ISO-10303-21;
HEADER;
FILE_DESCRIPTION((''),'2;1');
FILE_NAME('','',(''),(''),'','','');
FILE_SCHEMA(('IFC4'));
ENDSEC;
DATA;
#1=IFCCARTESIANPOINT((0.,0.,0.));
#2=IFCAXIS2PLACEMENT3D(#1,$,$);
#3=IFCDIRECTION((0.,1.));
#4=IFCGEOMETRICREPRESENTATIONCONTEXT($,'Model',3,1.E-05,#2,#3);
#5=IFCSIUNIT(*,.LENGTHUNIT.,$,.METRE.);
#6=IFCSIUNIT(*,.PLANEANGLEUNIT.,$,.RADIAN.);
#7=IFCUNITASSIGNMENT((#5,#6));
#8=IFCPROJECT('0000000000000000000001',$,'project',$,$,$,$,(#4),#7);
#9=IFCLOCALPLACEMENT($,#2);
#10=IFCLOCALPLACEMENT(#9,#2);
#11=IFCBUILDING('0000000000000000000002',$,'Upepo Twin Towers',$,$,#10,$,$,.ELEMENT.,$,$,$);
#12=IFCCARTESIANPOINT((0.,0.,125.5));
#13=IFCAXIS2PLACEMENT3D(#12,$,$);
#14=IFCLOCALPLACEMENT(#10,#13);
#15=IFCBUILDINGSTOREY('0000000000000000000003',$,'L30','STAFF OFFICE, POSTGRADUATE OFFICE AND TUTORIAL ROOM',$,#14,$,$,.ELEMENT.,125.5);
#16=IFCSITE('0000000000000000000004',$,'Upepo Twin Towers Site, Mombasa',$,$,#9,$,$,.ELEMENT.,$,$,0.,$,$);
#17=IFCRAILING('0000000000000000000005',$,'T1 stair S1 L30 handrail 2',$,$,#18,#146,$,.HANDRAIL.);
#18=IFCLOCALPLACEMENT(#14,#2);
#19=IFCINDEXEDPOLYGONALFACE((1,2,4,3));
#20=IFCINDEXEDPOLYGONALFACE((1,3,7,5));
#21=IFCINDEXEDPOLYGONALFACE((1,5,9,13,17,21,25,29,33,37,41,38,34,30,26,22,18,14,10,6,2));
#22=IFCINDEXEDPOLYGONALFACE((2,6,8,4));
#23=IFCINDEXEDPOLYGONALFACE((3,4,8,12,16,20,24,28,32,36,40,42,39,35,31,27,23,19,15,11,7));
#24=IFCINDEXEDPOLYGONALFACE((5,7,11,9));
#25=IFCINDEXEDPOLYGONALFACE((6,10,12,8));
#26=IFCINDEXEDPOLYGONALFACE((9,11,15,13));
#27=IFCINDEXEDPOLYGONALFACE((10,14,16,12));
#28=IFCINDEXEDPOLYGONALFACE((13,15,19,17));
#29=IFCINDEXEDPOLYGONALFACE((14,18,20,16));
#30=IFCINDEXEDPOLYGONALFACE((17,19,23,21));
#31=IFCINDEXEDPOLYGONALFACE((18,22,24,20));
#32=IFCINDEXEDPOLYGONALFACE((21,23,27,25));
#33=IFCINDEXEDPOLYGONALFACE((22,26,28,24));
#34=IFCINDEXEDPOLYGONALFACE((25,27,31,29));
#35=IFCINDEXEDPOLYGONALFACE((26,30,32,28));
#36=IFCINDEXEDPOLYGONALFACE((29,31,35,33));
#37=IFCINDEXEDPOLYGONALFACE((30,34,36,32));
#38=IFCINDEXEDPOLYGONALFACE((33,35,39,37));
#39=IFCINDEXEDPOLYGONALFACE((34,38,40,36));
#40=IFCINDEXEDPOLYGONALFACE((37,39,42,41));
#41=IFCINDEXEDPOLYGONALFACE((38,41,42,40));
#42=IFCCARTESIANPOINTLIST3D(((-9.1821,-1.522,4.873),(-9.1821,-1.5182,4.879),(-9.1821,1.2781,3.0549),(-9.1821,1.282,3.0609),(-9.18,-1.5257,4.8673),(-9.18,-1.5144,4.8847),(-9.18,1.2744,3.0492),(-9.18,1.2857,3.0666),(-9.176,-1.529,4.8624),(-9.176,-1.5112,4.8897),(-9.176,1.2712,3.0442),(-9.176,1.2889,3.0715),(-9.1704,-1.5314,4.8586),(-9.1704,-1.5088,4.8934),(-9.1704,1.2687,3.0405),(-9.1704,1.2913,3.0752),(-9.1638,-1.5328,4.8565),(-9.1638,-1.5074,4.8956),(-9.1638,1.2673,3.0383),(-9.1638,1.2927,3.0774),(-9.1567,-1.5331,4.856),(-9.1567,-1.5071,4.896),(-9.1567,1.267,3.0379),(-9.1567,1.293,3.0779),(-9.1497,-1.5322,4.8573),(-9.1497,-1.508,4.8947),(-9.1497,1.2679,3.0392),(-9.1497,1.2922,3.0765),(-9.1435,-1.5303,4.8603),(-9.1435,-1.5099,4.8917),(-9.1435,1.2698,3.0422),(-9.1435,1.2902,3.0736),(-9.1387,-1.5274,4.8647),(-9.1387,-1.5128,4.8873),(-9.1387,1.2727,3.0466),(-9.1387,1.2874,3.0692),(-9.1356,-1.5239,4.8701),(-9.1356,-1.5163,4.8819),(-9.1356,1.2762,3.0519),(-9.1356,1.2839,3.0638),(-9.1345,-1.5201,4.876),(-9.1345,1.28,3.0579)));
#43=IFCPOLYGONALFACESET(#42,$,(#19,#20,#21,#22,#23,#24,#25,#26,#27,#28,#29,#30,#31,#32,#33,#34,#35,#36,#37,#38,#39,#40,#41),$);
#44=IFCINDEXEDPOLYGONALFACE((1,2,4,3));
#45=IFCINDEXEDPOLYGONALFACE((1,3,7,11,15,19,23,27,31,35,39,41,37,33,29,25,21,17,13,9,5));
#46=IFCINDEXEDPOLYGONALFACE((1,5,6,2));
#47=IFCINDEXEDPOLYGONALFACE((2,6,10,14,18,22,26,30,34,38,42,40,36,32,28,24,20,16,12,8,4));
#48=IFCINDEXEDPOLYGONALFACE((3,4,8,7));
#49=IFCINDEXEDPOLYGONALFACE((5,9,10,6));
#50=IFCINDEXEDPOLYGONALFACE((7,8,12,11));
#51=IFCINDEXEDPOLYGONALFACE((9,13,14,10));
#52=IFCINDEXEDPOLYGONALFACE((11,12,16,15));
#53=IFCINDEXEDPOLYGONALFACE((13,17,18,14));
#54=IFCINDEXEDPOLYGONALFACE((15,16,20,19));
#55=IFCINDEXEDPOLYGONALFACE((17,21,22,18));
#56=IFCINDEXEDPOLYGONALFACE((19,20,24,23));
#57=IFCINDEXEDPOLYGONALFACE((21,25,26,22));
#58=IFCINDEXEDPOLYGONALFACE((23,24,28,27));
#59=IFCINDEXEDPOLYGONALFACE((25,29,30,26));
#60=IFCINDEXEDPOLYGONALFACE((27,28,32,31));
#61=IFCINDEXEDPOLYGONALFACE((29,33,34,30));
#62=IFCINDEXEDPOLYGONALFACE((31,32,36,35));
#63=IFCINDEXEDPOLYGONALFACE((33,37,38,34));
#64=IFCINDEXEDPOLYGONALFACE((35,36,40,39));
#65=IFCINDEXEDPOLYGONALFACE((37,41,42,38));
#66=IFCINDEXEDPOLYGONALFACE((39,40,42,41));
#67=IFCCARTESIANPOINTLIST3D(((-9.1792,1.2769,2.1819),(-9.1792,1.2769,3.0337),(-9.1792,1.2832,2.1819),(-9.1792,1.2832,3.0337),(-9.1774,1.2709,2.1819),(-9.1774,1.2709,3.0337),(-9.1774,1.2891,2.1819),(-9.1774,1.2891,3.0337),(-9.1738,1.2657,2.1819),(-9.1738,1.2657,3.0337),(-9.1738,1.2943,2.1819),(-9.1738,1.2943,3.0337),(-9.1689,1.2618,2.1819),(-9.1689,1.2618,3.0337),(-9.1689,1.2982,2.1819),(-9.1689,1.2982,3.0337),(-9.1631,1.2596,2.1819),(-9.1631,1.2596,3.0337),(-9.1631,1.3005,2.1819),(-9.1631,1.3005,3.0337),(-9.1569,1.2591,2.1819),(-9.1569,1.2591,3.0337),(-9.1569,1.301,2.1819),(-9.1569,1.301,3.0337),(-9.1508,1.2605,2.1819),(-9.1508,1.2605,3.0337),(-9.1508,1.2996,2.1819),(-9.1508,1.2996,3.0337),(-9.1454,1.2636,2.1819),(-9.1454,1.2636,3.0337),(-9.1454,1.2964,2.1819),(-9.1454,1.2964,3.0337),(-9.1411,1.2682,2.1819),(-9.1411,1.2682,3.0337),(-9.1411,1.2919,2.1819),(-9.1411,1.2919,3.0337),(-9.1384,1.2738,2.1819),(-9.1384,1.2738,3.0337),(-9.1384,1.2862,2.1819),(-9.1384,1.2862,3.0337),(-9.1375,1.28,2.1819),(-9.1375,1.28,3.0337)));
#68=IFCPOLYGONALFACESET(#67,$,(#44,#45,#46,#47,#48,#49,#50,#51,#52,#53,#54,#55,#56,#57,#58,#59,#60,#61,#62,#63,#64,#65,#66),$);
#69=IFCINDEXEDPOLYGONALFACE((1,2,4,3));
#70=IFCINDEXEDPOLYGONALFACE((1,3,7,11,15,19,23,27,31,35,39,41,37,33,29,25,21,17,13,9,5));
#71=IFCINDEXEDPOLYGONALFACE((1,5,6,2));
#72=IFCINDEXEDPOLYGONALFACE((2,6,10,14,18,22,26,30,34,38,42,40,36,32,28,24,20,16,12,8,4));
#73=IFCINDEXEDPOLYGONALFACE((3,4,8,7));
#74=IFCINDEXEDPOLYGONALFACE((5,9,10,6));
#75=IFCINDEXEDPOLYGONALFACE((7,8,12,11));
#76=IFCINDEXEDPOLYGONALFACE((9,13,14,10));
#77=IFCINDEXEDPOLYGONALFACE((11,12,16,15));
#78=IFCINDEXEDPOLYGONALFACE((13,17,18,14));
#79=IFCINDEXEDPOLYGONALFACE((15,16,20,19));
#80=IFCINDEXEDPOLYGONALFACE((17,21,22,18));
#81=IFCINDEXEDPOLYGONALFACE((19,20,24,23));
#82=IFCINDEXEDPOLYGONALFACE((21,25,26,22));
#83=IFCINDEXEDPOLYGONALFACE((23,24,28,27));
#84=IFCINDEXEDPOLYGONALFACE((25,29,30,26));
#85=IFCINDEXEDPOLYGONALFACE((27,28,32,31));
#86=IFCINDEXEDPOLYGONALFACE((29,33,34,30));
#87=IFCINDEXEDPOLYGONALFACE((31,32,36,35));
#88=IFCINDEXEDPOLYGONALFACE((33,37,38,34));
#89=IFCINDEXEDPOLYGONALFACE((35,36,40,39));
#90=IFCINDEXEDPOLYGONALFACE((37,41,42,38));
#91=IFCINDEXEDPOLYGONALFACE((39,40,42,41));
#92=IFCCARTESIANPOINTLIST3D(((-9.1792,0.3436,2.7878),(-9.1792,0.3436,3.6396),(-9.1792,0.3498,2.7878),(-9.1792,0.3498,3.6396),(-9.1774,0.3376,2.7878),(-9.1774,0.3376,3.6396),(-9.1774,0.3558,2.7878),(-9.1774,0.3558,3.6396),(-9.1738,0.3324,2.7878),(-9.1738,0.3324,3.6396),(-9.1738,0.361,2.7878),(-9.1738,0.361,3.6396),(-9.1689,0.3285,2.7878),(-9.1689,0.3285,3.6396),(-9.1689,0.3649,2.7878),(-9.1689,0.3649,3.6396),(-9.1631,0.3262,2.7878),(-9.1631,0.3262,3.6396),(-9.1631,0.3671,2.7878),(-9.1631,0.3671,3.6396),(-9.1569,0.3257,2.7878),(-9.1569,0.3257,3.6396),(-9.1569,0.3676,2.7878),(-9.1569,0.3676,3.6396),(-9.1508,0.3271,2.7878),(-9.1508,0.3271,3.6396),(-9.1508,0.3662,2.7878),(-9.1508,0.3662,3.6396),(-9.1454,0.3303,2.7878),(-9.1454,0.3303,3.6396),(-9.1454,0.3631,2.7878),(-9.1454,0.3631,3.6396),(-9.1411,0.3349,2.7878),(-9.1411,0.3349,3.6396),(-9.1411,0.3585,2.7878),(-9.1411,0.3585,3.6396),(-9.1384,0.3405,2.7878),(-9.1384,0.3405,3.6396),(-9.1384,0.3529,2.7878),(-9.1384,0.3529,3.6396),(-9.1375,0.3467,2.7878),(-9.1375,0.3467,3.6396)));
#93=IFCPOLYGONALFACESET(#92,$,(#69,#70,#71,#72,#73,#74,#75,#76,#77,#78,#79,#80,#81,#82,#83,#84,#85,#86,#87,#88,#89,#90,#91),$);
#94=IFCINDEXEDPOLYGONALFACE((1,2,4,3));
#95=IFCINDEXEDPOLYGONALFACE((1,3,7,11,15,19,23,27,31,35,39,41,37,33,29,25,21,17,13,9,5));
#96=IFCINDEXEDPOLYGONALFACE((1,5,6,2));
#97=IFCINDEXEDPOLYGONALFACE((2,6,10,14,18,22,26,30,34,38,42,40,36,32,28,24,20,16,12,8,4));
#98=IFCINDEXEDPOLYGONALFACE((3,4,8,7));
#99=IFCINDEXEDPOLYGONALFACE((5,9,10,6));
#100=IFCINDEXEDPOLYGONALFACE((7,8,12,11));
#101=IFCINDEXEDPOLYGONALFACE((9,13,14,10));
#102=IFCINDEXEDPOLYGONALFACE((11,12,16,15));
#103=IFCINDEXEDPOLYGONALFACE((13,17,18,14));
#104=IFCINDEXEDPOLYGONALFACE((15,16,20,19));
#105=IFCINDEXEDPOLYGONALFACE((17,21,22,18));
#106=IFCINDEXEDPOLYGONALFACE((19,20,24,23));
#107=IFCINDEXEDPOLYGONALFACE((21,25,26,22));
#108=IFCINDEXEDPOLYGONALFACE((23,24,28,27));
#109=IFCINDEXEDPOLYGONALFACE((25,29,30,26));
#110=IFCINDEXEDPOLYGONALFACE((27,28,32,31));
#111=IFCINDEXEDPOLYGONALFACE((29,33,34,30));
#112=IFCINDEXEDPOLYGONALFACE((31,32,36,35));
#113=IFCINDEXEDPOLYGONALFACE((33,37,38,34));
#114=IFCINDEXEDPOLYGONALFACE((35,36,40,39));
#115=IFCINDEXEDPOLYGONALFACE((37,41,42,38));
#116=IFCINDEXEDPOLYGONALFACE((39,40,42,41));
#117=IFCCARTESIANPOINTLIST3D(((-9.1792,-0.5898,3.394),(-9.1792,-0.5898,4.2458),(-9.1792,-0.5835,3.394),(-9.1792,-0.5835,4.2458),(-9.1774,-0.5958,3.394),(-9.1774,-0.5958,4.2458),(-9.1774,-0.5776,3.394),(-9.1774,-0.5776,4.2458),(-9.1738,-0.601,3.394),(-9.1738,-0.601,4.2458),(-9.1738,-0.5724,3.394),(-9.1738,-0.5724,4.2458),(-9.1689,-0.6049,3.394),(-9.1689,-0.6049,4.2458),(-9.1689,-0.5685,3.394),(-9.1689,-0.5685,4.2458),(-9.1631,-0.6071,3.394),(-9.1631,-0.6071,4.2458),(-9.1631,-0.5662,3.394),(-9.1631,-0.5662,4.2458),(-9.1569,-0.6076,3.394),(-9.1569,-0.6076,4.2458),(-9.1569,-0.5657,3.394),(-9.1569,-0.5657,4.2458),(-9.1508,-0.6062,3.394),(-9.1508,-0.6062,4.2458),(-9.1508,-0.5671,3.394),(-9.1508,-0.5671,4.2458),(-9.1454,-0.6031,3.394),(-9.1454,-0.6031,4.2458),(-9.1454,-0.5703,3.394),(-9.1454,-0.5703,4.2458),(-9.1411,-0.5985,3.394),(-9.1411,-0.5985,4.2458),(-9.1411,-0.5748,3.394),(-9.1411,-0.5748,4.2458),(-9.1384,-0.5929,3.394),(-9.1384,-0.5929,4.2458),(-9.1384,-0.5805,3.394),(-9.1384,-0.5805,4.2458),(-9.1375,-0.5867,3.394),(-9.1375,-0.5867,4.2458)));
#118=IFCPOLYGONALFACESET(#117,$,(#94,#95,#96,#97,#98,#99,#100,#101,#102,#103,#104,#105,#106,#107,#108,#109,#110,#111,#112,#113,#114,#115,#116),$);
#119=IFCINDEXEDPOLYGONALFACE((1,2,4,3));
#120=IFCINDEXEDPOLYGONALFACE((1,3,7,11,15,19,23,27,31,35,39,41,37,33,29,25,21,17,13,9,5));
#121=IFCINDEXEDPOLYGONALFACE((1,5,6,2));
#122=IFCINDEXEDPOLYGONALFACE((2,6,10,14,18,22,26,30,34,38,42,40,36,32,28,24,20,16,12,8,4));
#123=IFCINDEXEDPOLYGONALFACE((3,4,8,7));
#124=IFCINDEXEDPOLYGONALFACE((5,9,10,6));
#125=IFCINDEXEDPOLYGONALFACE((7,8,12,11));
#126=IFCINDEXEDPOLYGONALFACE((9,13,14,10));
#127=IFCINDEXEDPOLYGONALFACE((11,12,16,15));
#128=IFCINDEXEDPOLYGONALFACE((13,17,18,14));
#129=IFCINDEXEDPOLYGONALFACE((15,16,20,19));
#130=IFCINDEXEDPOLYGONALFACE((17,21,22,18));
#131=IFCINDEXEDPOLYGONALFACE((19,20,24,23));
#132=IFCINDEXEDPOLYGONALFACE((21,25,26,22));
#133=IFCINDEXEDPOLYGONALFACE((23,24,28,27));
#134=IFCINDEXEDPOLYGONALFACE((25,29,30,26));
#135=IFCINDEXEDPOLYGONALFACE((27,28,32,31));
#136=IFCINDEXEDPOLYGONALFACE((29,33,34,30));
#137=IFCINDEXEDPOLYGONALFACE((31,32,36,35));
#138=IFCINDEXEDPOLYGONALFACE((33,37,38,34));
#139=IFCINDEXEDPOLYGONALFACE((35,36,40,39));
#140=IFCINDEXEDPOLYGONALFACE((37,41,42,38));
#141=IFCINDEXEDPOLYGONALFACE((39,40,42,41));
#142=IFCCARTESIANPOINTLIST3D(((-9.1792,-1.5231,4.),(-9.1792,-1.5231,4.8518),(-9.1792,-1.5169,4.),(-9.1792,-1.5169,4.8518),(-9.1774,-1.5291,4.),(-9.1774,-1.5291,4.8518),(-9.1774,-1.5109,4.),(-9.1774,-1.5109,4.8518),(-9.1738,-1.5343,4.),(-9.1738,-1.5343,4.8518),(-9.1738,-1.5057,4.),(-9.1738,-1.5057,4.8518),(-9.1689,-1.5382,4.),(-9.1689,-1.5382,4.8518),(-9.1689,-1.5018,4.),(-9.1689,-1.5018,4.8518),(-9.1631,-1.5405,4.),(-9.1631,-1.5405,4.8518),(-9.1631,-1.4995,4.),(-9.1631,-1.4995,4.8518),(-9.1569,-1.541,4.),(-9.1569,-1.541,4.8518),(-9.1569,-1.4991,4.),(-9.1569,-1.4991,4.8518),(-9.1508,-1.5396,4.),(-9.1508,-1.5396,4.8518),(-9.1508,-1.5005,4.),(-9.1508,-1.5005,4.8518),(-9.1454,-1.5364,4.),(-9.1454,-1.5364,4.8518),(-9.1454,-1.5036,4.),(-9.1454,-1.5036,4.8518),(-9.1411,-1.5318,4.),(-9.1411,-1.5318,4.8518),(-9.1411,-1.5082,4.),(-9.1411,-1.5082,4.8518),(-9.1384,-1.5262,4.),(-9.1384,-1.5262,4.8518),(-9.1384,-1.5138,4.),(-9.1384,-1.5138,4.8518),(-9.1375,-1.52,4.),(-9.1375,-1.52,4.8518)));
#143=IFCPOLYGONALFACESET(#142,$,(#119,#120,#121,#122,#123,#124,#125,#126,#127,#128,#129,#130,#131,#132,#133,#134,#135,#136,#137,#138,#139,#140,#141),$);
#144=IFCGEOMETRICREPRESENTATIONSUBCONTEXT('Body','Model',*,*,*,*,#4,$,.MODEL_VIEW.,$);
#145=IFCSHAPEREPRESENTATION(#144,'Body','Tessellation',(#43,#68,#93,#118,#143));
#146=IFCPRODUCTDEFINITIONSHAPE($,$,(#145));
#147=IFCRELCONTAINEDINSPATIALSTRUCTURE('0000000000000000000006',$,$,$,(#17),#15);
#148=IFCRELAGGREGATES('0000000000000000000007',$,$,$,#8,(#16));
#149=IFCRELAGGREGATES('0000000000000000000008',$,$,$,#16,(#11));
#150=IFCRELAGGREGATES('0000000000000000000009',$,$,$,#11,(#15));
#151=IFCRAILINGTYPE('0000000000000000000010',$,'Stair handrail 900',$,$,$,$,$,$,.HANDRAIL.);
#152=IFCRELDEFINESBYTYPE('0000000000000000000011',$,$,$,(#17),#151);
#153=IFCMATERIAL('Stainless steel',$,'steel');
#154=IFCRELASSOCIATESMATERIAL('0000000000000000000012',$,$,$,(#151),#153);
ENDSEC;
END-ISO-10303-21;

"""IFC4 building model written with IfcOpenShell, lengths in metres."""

from ifc_helpers import new_model, si_unit, direction, frame, origin, origin_2d, place, context, subcontext, project, spatial, circle, extrude, material, type_object, element, save


model = new_model("IFC4")

# Units and contexts
model_context = context("Model", 3, precision=1e-05, world=origin(), true_north=direction((0.0, 1.0)))
body_context = subcontext(model_context, "Body", "Model", "MODEL_VIEW")
ifc_project = project(units=[si_unit("LENGTHUNIT", "METRE"), si_unit("PLANEANGLEUNIT", "RADIAN")], contexts=[model_context])

# Site, building, storey
site_placement = place(None, origin())
site = spatial("IfcSite", under=ifc_project, at=site_placement, Name="Upepo Twin Towers Site, Mombasa", CompositionType="ELEMENT", RefElevation=0.0)
building_placement = place(site_placement, origin())
building = spatial("IfcBuilding", under=site, at=building_placement, Name="Upepo Twin Towers", CompositionType="ELEMENT")
storey_placement = place(building_placement, frame((0.0, 0.0, 125.5)))
storey = spatial("IfcBuildingStorey", under=building, at=storey_placement, Name="L30", Description="STAFF OFFICE, POSTGRADUATE OFFICE AND TUTORIAL ROOM", CompositionType="ELEMENT", Elevation=125.5)

# Railing
ifc_material_1 = material(Name="Stainless steel", Category="steel")
railing_type = type_object("IfcRailingType", Name="Stair handrail 900", PredefinedType="HANDRAIL", material=ifc_material_1)
railing_1_placement = place(storey_placement, frame((-9.1584, 1.28, 2.1819)))
element("IfcRailing", 1, at=railing_1_placement, inside=storey, type_object=railing_type, Name="T1 stair S1 L30 handrail 2", PredefinedType="HANDRAIL", context=body_context, shape_type="SweptSolid", body=[
    extrude(circle(Radius=0.0239, at=origin_2d()), frame((0.0, 0.0, 0.876), z_axis=(0.0, -0.838706, 0.544585), x_axis=(1.0, 0.0, 0.0)), (0.0, 0.0, 1.0), 3.3386),
    extrude(circle(Radius=0.021, at=origin_2d()), origin(), (0.0, 0.0, 1.0), 0.8518),
    extrude(circle(Radius=0.021, at=origin_2d()), frame((0.0, -0.9333, 0.606)), (0.0, 0.0, 1.0), 0.8518),
    extrude(circle(Radius=0.021, at=origin_2d()), frame((0.0, -1.8667, 1.2122)), (0.0, 0.0, 1.0), 0.8518),
    extrude(circle(Radius=0.021, at=origin_2d()), frame((0.0, -2.8, 1.8181)), (0.0, 0.0, 1.0), 0.8518),
])

save(model, "model.ifc")
